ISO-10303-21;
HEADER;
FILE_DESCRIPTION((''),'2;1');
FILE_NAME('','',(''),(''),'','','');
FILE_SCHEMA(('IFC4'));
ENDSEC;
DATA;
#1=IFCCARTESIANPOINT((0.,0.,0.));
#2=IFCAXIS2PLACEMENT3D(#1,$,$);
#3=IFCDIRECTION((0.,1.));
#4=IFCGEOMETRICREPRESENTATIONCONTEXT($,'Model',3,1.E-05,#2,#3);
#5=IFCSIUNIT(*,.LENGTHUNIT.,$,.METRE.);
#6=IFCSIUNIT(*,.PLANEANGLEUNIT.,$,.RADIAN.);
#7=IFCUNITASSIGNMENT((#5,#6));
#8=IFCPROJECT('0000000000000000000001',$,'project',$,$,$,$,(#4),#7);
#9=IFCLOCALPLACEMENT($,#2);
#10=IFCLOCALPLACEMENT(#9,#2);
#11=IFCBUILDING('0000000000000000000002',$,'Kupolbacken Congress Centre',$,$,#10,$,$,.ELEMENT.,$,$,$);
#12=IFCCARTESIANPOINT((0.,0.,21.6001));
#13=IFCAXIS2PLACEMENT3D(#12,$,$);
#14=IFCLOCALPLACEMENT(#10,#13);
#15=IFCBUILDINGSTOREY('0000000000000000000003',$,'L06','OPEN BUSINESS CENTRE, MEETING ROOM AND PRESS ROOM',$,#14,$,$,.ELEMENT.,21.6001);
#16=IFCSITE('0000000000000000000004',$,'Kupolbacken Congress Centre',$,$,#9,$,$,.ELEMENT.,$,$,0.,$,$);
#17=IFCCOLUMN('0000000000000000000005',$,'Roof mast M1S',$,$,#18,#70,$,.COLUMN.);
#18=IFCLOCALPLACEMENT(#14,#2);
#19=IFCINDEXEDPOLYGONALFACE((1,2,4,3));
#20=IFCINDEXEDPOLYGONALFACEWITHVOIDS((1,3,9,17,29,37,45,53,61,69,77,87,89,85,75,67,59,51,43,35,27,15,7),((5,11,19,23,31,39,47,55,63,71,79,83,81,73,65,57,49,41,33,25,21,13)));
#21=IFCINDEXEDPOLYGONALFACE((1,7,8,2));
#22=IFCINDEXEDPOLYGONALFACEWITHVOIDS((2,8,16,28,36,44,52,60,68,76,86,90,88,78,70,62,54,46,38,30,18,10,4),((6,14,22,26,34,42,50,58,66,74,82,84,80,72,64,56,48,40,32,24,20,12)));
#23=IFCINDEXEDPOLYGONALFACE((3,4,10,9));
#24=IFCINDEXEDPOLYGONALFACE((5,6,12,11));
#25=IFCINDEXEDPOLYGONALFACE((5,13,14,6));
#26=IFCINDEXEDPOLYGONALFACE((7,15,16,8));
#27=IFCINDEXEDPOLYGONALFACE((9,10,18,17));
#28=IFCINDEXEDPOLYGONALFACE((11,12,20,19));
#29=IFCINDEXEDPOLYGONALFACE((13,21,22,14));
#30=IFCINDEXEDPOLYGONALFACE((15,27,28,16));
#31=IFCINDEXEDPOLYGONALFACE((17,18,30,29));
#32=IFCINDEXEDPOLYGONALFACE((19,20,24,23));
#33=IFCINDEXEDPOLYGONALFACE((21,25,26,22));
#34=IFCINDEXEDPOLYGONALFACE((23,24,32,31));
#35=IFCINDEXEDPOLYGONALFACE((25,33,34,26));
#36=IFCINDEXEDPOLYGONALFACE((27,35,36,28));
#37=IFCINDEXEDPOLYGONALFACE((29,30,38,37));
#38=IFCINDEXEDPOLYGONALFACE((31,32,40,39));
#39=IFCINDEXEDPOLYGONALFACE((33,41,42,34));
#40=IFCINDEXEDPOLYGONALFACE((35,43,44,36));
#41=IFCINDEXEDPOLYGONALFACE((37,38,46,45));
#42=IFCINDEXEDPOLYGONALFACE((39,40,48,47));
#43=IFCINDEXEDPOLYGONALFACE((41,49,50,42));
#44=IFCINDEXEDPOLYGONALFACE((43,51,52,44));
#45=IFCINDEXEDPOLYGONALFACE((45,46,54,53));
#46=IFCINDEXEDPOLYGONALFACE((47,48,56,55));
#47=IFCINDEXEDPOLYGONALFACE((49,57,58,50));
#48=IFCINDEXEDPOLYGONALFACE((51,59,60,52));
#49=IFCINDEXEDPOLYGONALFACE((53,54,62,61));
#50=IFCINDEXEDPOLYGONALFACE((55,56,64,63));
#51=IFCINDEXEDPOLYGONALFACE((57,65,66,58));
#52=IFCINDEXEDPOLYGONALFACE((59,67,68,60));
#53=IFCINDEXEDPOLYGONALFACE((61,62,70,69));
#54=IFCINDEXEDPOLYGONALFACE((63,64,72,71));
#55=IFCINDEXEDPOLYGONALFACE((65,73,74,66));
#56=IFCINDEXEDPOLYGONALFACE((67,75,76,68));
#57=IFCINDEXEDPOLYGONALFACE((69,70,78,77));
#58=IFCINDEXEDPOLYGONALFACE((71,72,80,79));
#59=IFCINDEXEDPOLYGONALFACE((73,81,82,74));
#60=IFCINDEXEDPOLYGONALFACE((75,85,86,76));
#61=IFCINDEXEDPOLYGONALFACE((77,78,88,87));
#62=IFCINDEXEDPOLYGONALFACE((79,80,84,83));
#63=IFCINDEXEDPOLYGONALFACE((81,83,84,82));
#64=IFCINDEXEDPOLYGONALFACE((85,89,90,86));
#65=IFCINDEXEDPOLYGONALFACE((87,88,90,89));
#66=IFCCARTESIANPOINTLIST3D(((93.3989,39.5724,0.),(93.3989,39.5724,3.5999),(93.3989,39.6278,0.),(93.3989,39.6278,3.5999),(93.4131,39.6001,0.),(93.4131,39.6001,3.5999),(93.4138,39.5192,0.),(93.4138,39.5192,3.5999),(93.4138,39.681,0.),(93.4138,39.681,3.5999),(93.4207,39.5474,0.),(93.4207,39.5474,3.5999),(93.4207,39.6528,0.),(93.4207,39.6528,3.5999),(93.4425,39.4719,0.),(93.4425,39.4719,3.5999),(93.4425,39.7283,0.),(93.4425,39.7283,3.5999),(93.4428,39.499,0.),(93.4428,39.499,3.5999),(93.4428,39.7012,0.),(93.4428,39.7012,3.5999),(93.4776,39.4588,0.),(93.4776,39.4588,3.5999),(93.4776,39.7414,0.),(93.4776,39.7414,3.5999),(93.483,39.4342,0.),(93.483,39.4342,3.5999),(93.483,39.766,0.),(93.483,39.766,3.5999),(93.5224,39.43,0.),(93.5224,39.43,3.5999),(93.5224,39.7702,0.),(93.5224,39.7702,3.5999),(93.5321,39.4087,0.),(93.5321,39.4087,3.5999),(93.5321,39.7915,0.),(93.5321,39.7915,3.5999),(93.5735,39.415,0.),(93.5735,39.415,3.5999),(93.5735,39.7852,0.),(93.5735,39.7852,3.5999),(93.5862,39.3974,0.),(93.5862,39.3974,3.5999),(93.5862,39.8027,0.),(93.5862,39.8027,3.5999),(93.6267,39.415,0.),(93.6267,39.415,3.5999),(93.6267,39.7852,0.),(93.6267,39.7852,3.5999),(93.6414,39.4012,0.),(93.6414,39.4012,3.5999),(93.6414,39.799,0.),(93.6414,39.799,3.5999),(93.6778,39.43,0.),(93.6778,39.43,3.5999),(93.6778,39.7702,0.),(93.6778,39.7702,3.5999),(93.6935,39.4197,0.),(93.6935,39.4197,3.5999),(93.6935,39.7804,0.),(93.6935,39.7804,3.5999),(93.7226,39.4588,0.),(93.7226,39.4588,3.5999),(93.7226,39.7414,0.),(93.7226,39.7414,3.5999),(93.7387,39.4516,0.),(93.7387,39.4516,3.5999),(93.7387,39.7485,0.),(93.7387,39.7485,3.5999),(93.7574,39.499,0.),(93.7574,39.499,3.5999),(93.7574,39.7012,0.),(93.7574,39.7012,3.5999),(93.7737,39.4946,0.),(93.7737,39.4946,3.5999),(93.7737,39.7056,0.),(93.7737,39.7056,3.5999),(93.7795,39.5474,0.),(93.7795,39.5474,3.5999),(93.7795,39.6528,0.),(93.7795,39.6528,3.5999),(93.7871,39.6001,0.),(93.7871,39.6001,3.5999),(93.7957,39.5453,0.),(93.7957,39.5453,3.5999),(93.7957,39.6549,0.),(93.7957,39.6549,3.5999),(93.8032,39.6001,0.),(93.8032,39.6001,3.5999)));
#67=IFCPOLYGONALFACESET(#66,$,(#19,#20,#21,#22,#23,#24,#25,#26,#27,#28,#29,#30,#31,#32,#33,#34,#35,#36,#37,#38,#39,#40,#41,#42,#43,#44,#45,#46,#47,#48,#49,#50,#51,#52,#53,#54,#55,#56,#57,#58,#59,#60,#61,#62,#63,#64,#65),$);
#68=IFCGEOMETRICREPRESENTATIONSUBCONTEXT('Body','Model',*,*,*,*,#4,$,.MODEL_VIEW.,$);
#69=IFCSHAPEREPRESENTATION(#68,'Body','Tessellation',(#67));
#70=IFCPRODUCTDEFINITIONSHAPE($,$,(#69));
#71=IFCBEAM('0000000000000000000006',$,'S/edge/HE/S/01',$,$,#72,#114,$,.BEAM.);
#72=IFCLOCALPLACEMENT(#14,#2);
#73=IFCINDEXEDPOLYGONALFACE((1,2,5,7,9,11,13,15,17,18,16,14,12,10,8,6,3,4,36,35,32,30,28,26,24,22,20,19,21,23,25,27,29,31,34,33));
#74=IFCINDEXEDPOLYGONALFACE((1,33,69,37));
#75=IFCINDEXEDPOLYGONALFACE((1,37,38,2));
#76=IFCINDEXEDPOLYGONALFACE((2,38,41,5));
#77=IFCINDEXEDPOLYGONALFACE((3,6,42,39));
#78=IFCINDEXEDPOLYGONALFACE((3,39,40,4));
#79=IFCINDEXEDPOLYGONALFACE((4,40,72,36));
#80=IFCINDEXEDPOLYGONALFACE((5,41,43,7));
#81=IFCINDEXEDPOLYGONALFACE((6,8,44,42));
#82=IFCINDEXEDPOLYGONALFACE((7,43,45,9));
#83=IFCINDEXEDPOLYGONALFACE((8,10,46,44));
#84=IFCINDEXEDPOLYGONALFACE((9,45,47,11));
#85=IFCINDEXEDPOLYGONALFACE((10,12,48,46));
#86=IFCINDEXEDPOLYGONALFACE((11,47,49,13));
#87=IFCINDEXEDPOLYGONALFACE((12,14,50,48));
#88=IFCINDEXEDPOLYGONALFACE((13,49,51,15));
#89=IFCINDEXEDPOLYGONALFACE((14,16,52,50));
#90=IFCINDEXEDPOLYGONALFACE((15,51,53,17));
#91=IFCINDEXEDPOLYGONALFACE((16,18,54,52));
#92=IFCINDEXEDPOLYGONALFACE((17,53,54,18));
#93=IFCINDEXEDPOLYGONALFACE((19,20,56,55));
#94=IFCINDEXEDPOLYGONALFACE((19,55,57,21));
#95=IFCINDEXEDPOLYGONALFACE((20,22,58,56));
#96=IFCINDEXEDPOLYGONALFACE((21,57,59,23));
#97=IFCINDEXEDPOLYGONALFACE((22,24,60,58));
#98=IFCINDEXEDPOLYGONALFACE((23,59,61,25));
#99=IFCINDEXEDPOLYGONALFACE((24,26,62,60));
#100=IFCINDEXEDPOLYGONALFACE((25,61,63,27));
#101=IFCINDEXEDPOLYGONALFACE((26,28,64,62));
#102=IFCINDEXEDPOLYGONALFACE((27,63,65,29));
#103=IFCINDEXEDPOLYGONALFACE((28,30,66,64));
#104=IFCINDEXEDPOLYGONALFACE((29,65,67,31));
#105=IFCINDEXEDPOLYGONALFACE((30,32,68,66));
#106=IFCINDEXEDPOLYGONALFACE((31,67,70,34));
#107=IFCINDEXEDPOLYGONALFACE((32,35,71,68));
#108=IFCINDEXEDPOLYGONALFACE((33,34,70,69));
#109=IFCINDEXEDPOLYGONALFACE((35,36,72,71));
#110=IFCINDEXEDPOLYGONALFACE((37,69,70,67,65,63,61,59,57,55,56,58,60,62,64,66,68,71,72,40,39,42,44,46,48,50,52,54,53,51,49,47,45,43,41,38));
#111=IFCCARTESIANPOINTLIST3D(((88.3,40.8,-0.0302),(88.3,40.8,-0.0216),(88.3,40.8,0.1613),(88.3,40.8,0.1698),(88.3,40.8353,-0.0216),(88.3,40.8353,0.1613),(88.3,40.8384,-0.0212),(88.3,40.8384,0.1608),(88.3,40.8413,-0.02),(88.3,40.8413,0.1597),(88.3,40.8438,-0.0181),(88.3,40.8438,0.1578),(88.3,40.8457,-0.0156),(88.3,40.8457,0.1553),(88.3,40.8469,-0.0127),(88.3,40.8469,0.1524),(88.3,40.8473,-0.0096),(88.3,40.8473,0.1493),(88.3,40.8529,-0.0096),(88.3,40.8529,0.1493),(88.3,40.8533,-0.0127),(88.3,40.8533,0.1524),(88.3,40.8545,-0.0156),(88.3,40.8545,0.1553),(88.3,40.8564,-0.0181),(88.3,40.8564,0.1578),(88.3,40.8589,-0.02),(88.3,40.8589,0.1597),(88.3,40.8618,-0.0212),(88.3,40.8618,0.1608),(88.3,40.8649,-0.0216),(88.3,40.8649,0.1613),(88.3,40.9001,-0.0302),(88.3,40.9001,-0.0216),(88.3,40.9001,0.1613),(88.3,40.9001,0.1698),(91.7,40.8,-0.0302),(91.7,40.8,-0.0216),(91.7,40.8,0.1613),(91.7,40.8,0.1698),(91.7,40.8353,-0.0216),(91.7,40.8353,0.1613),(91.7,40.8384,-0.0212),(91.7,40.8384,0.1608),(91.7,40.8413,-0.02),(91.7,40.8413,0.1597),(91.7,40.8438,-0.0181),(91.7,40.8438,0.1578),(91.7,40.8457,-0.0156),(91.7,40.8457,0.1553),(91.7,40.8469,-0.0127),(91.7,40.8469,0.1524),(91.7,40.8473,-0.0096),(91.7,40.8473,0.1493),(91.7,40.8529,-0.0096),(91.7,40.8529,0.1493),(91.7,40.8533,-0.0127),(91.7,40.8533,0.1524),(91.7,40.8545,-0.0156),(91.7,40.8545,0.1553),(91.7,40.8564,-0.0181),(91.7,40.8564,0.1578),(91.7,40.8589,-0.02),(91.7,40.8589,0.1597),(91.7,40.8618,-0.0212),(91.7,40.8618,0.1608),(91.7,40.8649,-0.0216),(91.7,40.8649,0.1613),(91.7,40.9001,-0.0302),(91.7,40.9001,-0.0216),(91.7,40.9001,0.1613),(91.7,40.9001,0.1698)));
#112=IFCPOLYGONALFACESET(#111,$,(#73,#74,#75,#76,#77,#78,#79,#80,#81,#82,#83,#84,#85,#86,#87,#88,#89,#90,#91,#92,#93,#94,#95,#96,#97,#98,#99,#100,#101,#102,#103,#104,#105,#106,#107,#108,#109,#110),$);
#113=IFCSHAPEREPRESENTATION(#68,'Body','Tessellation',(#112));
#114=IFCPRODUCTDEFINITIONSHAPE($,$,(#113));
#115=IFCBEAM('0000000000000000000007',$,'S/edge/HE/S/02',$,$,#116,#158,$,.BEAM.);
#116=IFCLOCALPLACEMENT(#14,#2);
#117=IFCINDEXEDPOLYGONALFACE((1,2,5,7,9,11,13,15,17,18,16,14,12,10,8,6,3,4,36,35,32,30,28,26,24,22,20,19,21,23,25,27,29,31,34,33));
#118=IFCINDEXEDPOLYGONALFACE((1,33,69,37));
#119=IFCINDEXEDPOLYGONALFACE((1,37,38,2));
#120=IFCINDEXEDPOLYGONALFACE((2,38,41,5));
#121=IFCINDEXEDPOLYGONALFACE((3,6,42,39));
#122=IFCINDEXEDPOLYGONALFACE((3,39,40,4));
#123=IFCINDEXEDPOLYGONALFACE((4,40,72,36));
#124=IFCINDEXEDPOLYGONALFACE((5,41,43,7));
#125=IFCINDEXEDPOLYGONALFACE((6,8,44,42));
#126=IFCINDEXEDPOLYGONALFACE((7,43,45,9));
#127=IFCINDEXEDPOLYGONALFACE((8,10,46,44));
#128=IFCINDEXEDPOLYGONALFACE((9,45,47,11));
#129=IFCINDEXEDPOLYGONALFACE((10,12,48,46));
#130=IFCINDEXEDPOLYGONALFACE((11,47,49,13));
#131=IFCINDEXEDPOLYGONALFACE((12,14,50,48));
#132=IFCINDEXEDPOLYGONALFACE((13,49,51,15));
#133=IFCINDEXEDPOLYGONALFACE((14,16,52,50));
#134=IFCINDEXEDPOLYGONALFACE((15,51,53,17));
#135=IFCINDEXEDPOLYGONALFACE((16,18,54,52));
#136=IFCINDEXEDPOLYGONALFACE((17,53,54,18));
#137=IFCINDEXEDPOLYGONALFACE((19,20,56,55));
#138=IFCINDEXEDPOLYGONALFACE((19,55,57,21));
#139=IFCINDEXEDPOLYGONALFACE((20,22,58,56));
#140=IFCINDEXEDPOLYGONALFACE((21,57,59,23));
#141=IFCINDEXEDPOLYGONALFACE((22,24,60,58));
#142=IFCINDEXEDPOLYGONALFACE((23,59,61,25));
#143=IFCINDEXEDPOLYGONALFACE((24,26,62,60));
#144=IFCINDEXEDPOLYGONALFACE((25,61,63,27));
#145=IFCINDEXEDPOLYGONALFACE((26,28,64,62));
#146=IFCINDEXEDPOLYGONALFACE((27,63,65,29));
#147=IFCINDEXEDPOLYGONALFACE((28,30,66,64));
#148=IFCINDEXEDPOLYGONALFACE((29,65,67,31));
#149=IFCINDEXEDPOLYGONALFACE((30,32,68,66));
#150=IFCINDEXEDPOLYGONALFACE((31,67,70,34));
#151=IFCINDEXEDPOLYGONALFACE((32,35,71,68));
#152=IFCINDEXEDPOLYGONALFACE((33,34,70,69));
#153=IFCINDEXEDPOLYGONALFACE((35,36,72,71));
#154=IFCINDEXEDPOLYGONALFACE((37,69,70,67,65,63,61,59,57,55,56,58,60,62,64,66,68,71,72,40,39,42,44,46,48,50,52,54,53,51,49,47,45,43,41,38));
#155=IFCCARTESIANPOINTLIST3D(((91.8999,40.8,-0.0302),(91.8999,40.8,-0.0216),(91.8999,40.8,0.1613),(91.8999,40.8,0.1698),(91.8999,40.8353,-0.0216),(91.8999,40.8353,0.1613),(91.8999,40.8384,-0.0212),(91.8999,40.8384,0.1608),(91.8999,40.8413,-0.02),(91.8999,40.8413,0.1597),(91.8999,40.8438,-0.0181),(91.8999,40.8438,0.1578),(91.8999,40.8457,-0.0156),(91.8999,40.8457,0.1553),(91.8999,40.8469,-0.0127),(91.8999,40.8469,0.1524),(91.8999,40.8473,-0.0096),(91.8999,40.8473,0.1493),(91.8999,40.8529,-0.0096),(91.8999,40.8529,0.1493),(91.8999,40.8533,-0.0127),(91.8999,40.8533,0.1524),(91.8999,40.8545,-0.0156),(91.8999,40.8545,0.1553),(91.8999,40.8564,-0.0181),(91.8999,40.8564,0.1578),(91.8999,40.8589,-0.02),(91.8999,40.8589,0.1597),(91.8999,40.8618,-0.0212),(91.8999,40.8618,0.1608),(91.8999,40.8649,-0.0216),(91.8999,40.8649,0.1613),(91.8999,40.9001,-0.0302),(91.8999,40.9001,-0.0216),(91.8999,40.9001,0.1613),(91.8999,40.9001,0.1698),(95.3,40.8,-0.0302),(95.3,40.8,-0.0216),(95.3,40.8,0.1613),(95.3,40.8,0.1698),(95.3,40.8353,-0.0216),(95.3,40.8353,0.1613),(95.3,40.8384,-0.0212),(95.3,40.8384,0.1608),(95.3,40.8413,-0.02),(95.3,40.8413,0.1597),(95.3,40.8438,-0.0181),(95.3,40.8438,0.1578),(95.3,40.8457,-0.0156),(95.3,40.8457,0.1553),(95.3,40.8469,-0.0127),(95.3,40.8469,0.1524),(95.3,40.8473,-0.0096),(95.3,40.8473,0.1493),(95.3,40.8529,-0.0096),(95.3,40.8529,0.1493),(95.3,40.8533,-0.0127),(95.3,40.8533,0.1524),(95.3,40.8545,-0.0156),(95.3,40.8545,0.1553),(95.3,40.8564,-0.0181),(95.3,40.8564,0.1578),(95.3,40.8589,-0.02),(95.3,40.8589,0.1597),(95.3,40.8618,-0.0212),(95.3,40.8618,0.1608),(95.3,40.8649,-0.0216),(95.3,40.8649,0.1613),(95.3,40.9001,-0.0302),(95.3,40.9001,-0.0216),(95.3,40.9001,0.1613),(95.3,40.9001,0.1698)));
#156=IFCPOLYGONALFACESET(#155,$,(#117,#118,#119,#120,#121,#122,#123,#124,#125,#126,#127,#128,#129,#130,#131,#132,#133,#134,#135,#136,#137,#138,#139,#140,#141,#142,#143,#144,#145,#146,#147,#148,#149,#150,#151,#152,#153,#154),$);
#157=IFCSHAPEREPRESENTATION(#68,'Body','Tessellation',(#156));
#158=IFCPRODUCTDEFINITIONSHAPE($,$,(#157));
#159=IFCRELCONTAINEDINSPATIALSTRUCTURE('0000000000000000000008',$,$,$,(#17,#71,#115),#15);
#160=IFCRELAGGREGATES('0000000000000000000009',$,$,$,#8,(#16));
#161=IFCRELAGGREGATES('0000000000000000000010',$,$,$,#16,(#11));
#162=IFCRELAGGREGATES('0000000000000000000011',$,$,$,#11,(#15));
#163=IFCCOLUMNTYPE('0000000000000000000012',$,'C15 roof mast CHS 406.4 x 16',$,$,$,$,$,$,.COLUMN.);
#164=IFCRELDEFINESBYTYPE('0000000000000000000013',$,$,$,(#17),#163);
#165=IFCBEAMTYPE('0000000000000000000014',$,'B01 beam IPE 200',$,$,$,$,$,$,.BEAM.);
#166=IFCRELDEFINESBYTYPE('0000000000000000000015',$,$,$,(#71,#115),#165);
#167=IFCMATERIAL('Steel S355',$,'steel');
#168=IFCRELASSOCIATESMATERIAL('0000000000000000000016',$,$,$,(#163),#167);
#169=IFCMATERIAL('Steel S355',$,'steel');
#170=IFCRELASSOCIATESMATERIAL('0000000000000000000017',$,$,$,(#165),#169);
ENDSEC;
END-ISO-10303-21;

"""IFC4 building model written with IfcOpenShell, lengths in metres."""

from ifc_helpers import new_model, si_unit, direction, frame, origin, origin_2d, place, context, subcontext, project, spatial, hollow_circle, i_section, extrude, material, material_profile, profile_set, type_object, element, save


model = new_model("IFC4")

# Units and contexts
model_context = context("Model", 3, precision=1e-05, world=origin(), true_north=direction((0.0, 1.0)))
body_context = subcontext(model_context, "Body", "Model", "MODEL_VIEW")
ifc_project = project(units=[si_unit("LENGTHUNIT", "METRE"), si_unit("PLANEANGLEUNIT", "RADIAN")], contexts=[model_context])

# Site, building, storey
site_placement = place(None, origin())
site = spatial("IfcSite", under=ifc_project, at=site_placement, Name="Kupolbacken Congress Centre", CompositionType="ELEMENT", RefElevation=0.0)
building_placement = place(site_placement, origin())
building = spatial("IfcBuilding", under=site, at=building_placement, Name="Kupolbacken Congress Centre", CompositionType="ELEMENT")
storey_placement = place(building_placement, frame((0.0, 0.0, 21.6001)))
storey = spatial("IfcBuildingStorey", under=building, at=storey_placement, Name="L06", Description="OPEN BUSINESS CENTRE, MEETING ROOM AND PRESS ROOM", CompositionType="ELEMENT", Elevation=21.6001)

# Column
ifc_material_1 = material(Name="Steel S355", Category="steel")
ifc_material_profile_1 = material_profile(ifc_material_1, hollow_circle(Radius=0.2031, WallThickness=0.0161, at=origin_2d()), Name="CHS 406.4 x 16")
ifc_profile_set_1 = profile_set([ifc_material_profile_1], Name="Steel S355")
column_type = type_object("IfcColumnType", Name="C15 roof mast CHS 406.4 x 16", PredefinedType="COLUMN", material=ifc_profile_set_1)
column_placement = place(storey_placement, frame((93.6001, 39.6001, 0.0), z_axis=(0.0, 0.0, 1.0), x_axis=(1.0, 0.0, 0.0)))
element("IfcColumn", 1, at=column_placement, inside=storey, type_object=column_type, Name="Roof mast M1S", PredefinedType="COLUMN", context=body_context, shape_type="SweptSolid", body=[
    extrude(hollow_circle(Radius=0.2031, WallThickness=0.0161, at=origin_2d()), origin(), (0.0, 0.0, 1.0), 3.5999),
])

# Beams
ifc_material_2 = material(Name="Steel S355", Category="steel")
ifc_material_profile_2 = material_profile(ifc_material_2, i_section(OverallWidth=0.1001, OverallDepth=0.2, WebThickness=0.0056, FlangeThickness=0.0085, FilletRadius=0.012, at=origin_2d()), Name="IPE 200")
ifc_profile_set_2 = profile_set([ifc_material_profile_2], Name="Steel S355")
beam_type_1 = type_object("IfcBeamType", Name="B01 beam IPE 200", PredefinedType="BEAM", material=ifc_profile_set_2)
beam_1_placement = place(storey_placement, frame((88.3, 40.8501, 0.0698), z_axis=(1.0, 0.0, 0.0), x_axis=(0.0, 1.0, 0.0)))
element("IfcBeam", 2, at=beam_1_placement, inside=storey, type_object=beam_type_1, Name="S/edge/HE/S/01", PredefinedType="BEAM", context=body_context, shape_type="SweptSolid", body=[
    extrude(i_section(OverallWidth=0.1001, OverallDepth=0.2, WebThickness=0.0056, FlangeThickness=0.0085, FilletRadius=0.012, at=origin_2d()), origin(), (0.0, 0.0, 1.0), 3.3999),
])
beam_2_placement = place(storey_placement, frame((91.8999, 40.8501, 0.0698), z_axis=(1.0, 0.0, 0.0), x_axis=(0.0, 1.0, 0.0)))
element("IfcBeam", 3, at=beam_2_placement, inside=storey, type_object=beam_type_1, Name="S/edge/HE/S/02", PredefinedType="BEAM", context=body_context, shape_type="SweptSolid", body=[
    extrude(i_section(OverallWidth=0.1001, OverallDepth=0.2, WebThickness=0.0056, FlangeThickness=0.0085, FilletRadius=0.012, at=origin_2d()), origin(), (0.0, 0.0, 1.0), 3.4001),
])

save(model, "model.ifc")
